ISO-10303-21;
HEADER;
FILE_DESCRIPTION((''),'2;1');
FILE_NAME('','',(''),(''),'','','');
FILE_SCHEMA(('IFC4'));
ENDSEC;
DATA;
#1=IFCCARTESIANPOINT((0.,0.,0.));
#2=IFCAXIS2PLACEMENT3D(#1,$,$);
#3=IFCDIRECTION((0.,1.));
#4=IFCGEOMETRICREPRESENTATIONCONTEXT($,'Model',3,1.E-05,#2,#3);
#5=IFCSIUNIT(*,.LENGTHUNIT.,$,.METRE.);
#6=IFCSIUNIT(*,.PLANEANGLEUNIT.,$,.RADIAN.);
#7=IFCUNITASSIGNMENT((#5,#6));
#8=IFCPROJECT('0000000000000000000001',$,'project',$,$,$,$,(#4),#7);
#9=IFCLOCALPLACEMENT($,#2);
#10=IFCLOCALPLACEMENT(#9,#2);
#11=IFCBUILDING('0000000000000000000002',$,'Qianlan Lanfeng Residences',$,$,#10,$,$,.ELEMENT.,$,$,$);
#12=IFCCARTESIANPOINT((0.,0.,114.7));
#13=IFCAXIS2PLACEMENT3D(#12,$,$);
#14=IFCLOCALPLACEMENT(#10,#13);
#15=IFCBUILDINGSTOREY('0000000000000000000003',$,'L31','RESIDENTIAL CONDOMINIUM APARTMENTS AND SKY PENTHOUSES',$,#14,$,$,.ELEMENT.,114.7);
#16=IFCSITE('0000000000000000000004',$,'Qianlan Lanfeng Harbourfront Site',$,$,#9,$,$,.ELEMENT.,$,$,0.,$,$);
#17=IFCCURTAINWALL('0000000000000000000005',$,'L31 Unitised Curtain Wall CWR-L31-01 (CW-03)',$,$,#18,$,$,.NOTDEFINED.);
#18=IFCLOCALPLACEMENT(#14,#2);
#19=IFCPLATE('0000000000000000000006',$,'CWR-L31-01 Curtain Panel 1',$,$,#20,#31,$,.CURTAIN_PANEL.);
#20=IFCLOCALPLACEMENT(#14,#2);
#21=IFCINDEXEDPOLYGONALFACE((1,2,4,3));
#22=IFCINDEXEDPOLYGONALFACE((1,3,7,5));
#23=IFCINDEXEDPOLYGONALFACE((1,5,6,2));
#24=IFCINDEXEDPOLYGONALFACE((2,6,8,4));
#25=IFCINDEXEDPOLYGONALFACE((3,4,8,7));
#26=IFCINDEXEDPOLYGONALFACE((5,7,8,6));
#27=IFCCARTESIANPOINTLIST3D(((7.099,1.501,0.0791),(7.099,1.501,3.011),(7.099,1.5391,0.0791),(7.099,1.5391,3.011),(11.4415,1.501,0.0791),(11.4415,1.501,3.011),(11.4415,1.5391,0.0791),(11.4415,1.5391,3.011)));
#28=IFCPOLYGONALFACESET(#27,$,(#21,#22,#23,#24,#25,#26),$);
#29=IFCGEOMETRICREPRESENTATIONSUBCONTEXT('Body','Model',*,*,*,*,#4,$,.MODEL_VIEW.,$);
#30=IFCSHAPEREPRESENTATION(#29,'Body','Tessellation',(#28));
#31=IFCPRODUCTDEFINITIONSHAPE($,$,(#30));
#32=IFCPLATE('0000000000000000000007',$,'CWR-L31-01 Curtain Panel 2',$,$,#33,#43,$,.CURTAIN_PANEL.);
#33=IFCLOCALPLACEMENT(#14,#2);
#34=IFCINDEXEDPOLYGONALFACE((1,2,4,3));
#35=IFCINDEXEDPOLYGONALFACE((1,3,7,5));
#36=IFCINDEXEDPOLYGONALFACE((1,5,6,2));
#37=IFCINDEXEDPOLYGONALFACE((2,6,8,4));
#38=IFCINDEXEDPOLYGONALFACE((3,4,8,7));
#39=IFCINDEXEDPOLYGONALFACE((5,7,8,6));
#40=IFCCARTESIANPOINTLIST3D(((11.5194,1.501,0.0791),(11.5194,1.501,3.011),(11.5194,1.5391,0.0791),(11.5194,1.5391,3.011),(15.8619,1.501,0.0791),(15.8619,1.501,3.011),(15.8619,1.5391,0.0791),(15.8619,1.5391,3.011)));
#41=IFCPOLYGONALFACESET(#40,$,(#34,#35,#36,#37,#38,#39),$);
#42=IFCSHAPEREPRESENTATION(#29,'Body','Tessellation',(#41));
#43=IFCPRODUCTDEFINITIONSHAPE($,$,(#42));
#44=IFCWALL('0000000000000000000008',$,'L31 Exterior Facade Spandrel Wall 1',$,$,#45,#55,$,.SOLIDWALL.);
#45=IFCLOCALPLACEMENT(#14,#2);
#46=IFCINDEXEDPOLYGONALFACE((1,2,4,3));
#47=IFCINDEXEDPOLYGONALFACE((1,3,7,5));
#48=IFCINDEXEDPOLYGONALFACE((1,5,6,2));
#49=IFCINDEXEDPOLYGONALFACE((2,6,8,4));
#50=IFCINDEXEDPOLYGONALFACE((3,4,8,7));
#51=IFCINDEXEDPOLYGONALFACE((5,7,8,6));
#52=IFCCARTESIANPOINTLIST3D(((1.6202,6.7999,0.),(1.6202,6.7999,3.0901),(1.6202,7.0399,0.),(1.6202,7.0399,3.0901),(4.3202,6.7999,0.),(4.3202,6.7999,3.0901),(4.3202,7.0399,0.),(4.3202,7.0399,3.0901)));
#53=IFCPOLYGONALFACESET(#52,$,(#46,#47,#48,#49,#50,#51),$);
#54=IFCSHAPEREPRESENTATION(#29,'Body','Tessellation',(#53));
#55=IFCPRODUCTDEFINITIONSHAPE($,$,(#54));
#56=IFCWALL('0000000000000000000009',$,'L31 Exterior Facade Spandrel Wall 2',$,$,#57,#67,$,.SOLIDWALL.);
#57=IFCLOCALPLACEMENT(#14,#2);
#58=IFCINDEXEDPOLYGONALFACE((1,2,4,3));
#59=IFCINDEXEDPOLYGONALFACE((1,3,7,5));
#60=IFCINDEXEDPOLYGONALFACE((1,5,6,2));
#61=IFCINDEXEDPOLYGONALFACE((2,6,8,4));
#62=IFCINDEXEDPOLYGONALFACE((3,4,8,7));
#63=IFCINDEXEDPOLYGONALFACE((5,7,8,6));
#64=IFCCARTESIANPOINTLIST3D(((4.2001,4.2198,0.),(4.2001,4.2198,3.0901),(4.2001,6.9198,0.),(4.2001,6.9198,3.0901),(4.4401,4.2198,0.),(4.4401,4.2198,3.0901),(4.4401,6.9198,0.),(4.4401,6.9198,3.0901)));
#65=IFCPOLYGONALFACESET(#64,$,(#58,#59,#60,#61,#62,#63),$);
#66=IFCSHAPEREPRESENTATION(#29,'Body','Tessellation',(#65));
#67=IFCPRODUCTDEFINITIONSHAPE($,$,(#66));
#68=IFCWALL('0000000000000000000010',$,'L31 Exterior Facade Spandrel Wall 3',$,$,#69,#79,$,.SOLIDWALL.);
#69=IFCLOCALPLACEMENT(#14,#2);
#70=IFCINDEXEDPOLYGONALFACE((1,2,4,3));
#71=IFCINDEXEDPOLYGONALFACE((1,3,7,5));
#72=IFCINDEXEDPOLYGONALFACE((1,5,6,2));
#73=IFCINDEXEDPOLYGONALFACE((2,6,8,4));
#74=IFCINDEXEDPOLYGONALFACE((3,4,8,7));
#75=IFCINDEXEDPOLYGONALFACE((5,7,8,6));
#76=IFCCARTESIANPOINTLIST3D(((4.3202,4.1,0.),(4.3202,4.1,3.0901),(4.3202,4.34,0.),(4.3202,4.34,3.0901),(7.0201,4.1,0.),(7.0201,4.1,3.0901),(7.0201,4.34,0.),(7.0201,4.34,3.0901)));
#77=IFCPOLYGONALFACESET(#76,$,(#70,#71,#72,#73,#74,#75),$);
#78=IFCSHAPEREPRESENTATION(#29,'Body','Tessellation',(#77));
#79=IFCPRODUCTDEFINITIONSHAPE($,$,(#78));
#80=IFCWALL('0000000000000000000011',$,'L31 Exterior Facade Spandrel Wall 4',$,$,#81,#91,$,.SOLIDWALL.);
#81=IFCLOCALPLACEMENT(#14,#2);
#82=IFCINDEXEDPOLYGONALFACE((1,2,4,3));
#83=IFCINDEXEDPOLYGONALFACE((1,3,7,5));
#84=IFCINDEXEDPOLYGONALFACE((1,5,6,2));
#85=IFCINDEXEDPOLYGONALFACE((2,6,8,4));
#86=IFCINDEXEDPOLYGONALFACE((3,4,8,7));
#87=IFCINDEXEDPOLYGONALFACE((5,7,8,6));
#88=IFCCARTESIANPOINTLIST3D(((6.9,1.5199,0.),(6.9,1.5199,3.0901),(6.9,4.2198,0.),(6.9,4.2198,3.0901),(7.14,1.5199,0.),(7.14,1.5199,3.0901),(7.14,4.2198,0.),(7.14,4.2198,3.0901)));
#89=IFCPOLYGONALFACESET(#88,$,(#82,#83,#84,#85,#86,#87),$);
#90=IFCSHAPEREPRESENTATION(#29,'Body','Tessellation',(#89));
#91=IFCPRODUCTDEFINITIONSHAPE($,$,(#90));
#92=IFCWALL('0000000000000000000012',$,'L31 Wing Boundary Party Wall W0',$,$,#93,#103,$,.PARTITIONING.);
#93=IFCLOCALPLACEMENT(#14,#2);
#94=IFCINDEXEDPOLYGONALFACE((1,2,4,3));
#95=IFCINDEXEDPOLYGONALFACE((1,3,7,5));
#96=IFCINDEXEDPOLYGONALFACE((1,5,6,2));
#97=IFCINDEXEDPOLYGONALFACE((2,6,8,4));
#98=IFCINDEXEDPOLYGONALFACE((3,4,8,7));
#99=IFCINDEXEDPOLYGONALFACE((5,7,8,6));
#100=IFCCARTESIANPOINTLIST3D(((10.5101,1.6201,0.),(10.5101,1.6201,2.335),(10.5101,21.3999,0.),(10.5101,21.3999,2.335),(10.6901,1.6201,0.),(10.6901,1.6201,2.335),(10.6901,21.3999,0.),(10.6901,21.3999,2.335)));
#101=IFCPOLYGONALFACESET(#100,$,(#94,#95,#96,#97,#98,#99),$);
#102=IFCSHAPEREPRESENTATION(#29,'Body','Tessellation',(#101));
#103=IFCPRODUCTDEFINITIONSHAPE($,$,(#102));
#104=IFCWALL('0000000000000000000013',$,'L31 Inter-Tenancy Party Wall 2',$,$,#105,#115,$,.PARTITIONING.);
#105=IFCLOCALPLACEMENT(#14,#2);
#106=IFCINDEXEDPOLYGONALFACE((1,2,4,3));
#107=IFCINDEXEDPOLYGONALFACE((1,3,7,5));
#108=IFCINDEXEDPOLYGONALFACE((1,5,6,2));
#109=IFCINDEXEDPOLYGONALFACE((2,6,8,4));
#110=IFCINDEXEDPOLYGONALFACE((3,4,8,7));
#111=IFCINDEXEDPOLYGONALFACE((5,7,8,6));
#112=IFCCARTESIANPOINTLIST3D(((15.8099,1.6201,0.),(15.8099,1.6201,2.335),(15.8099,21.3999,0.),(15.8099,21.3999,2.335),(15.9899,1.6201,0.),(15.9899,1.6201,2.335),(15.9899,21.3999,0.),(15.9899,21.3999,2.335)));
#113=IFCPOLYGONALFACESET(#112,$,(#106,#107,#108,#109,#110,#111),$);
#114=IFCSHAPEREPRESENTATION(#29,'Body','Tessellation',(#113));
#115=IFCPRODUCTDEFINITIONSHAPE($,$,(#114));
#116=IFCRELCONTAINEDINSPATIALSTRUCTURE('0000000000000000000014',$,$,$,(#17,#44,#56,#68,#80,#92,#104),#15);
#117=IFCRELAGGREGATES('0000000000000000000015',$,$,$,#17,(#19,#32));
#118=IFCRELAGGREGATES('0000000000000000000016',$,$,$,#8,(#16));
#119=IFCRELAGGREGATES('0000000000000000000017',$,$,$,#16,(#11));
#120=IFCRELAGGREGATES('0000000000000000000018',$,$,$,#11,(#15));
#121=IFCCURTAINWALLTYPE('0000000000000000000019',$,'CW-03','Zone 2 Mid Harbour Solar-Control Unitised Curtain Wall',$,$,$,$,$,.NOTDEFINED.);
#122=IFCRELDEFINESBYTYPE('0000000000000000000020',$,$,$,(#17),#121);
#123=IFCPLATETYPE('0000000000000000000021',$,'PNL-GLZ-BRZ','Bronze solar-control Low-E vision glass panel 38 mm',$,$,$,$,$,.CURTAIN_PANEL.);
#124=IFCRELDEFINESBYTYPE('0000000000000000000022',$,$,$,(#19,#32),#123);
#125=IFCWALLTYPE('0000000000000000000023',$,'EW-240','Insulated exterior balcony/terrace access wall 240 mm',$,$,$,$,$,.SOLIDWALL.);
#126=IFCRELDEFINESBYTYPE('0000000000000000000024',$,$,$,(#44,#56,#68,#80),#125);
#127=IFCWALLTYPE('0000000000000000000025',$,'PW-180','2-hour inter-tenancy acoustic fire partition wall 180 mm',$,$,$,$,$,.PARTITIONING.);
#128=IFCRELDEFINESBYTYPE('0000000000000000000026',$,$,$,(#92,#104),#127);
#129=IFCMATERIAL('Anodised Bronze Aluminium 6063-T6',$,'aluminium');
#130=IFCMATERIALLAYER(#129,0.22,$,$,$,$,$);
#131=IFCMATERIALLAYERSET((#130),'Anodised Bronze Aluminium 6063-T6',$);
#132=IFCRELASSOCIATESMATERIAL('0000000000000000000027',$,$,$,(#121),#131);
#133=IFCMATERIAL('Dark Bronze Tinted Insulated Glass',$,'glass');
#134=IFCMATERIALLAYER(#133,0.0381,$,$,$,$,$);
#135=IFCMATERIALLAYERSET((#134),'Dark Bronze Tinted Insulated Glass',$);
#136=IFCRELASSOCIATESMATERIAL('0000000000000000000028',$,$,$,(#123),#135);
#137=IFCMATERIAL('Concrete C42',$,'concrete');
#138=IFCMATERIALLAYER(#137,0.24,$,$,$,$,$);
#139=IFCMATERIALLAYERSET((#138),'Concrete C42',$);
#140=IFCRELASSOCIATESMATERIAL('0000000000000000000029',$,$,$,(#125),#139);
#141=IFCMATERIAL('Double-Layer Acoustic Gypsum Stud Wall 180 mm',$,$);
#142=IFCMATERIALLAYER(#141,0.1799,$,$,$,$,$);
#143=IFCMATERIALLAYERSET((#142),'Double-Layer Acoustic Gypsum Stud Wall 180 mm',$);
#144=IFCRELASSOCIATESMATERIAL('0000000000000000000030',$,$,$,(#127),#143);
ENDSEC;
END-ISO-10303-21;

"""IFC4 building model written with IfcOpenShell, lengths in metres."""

from ifc_helpers import new_model, si_unit, direction, frame, frame_2d, origin, origin_2d, place, context, subcontext, project, spatial, rectangle, extrude, source, transform, mapped, material, layer, layer_set, type_object, element, aggregate, save


model = new_model("IFC4")

# Units and contexts
model_context = context("Model", 3, precision=1e-05, world=origin(), true_north=direction((0.0, 1.0)))
body_context = subcontext(model_context, "Body", "Model", "MODEL_VIEW")
ifc_project = project(units=[si_unit("LENGTHUNIT", "METRE"), si_unit("PLANEANGLEUNIT", "RADIAN")], contexts=[model_context])

# Site, building, storey
site_placement = place(None, origin())
site = spatial("IfcSite", under=ifc_project, at=site_placement, Name="Qianlan Lanfeng Harbourfront Site", CompositionType="ELEMENT", RefElevation=0.0)
building_placement = place(site_placement, origin())
building = spatial("IfcBuilding", under=site, at=building_placement, Name="Qianlan Lanfeng Residences", CompositionType="ELEMENT")
storey_placement = place(building_placement, frame((0.0, 0.0, 114.7)))
storey = spatial("IfcBuildingStorey", under=building, at=storey_placement, Name="L31", Description="RESIDENTIAL CONDOMINIUM APARTMENTS AND SKY PENTHOUSES", CompositionType="ELEMENT", Elevation=114.7)

# Curtain wall, plates
ifc_material_1 = material(Name="Anodised Bronze Aluminium 6063-T6", Category="aluminium")
ifc_layer_1 = layer(ifc_material_1, 0.22)
ifc_layer_set_1 = layer_set([ifc_layer_1], Name="Anodised Bronze Aluminium 6063-T6")
curtain_wall_type = type_object("IfcCurtainWallType", Name="CW-03", Description="Zone 2 Mid Harbour Solar-Control Unitised Curtain Wall", PredefinedType="NOTDEFINED", material=ifc_layer_set_1)
curtain_wall_placement = place(storey_placement, origin())
curtain_wall = element("IfcCurtainWall", 1, at=curtain_wall_placement, inside=storey, type_object=curtain_wall_type, Name="L31 Unitised Curtain Wall CWR-L31-01 (CW-03)", PredefinedType="NOTDEFINED")
ifc_material_2 = material(Name="Dark Bronze Tinted Insulated Glass", Category="glass")
ifc_layer_2 = layer(ifc_material_2, 0.0381)
ifc_layer_set_2 = layer_set([ifc_layer_2], Name="Dark Bronze Tinted Insulated Glass")
plate_type = type_object("IfcPlateType", Name="PNL-GLZ-BRZ", Description="Bronze solar-control Low-E vision glass panel 38 mm", PredefinedType="CURTAIN_PANEL", material=ifc_layer_set_2)
shared_shape_1 = source(origin(), body_context, "Body", "SweptSolid", [
    extrude(rectangle(XDim=4.3425, YDim=0.0381, at=origin_2d()), origin(), (0.0, 0.0, 1.0), 2.9319),
])
plate_1_placement = place(storey_placement, frame((9.2703, 1.52, 0.0791), z_axis=(0.0, 0.0, 1.0), x_axis=(1.0, 0.0, 0.0)))
plate_1 = element("IfcPlate", 2, at=plate_1_placement, type_object=plate_type, Name="CWR-L31-01 Curtain Panel 1", PredefinedType="CURTAIN_PANEL", context=body_context, shape_type="MappedRepresentation", body=[
    mapped(shared_shape_1, transform((0.0, 0.0, 0.0), scale=1.0)),
])
plate_2_placement = place(storey_placement, frame((13.6907, 1.52, 0.0791), z_axis=(0.0, 0.0, 1.0), x_axis=(1.0, 0.0, 0.0)))
plate_2 = element("IfcPlate", 3, at=plate_2_placement, type_object=plate_type, Name="CWR-L31-01 Curtain Panel 2", PredefinedType="CURTAIN_PANEL", context=body_context, shape_type="MappedRepresentation", body=[
    mapped(shared_shape_1, transform((0.0, 0.0, 0.0), scale=1.0)),
])
aggregate(curtain_wall, [plate_1, plate_2])

# Walls
ifc_material_3 = material(Name="Concrete C42", Category="concrete")
ifc_layer_3 = layer(ifc_material_3, 0.24)
ifc_layer_set_3 = layer_set([ifc_layer_3], Name="Concrete C42")
wall_type_1 = type_object("IfcWallType", Name="EW-240", Description="Insulated exterior balcony/terrace access wall 240 mm", PredefinedType="SOLIDWALL", material=ifc_layer_set_3)
for number, where, z_axis, x_axis, name in (
    (4, (1.6201, 6.9199, 0.0), (0.0, 0.0, 1.0), (1.0, 0.0, 0.0), "L31 Exterior Facade Spandrel Wall 1"),
    (5, (4.3201, 6.9199, 0.0), (0.0, 0.0, 1.0), (0.0, -1.0, 0.0), "L31 Exterior Facade Spandrel Wall 2"),
    (6, (4.3201, 4.22, 0.0), (0.0, 0.0, 1.0), (1.0, 0.0, 0.0), "L31 Exterior Facade Spandrel Wall 3"),
    (7, (7.02, 4.22, 0.0), (0.0, 0.0, 1.0), (0.0, -1.0, 0.0), "L31 Exterior Facade Spandrel Wall 4"),
):
    element("IfcWall", number, at=place(storey_placement, frame(where, z_axis=z_axis, x_axis=x_axis)), inside=storey, type_object=wall_type_1, Name=name, PredefinedType="SOLIDWALL", context=body_context, shape_type="SweptSolid", body=[
        extrude(rectangle(XDim=2.7, YDim=0.24, at=frame_2d((1.3501, 0.0))), origin(), (0.0, 0.0, 1.0), 3.0901),
    ])
ifc_material_4 = material(Name="Double-Layer Acoustic Gypsum Stud Wall 180 mm")
ifc_layer_4 = layer(ifc_material_4, 0.1799)
ifc_layer_set_4 = layer_set([ifc_layer_4], Name="Double-Layer Acoustic Gypsum Stud Wall 180 mm")
wall_type_2 = type_object("IfcWallType", Name="PW-180", Description="2-hour inter-tenancy acoustic fire partition wall 180 mm", PredefinedType="PARTITIONING", material=ifc_layer_set_4)
for number, where, z_axis, x_axis, name in (
    (8, (10.6001, 1.6201, 0.0), (0.0, 0.0, 1.0), (0.0, 1.0, 0.0), "L31 Wing Boundary Party Wall W0"),
    (9, (15.8999, 1.6201, 0.0), (0.0, 0.0, 1.0), (0.0, 1.0, 0.0), "L31 Inter-Tenancy Party Wall 2"),
):
    element("IfcWall", number, at=place(storey_placement, frame(where, z_axis=z_axis, x_axis=x_axis)), inside=storey, type_object=wall_type_2, Name=name, PredefinedType="PARTITIONING", context=body_context, shape_type="SweptSolid", body=[
        extrude(rectangle(XDim=19.7798, YDim=0.1799, at=frame_2d((9.8899, 0.0))), origin(), (0.0, 0.0, 1.0), 2.335),
    ])

save(model, "model.ifc")
